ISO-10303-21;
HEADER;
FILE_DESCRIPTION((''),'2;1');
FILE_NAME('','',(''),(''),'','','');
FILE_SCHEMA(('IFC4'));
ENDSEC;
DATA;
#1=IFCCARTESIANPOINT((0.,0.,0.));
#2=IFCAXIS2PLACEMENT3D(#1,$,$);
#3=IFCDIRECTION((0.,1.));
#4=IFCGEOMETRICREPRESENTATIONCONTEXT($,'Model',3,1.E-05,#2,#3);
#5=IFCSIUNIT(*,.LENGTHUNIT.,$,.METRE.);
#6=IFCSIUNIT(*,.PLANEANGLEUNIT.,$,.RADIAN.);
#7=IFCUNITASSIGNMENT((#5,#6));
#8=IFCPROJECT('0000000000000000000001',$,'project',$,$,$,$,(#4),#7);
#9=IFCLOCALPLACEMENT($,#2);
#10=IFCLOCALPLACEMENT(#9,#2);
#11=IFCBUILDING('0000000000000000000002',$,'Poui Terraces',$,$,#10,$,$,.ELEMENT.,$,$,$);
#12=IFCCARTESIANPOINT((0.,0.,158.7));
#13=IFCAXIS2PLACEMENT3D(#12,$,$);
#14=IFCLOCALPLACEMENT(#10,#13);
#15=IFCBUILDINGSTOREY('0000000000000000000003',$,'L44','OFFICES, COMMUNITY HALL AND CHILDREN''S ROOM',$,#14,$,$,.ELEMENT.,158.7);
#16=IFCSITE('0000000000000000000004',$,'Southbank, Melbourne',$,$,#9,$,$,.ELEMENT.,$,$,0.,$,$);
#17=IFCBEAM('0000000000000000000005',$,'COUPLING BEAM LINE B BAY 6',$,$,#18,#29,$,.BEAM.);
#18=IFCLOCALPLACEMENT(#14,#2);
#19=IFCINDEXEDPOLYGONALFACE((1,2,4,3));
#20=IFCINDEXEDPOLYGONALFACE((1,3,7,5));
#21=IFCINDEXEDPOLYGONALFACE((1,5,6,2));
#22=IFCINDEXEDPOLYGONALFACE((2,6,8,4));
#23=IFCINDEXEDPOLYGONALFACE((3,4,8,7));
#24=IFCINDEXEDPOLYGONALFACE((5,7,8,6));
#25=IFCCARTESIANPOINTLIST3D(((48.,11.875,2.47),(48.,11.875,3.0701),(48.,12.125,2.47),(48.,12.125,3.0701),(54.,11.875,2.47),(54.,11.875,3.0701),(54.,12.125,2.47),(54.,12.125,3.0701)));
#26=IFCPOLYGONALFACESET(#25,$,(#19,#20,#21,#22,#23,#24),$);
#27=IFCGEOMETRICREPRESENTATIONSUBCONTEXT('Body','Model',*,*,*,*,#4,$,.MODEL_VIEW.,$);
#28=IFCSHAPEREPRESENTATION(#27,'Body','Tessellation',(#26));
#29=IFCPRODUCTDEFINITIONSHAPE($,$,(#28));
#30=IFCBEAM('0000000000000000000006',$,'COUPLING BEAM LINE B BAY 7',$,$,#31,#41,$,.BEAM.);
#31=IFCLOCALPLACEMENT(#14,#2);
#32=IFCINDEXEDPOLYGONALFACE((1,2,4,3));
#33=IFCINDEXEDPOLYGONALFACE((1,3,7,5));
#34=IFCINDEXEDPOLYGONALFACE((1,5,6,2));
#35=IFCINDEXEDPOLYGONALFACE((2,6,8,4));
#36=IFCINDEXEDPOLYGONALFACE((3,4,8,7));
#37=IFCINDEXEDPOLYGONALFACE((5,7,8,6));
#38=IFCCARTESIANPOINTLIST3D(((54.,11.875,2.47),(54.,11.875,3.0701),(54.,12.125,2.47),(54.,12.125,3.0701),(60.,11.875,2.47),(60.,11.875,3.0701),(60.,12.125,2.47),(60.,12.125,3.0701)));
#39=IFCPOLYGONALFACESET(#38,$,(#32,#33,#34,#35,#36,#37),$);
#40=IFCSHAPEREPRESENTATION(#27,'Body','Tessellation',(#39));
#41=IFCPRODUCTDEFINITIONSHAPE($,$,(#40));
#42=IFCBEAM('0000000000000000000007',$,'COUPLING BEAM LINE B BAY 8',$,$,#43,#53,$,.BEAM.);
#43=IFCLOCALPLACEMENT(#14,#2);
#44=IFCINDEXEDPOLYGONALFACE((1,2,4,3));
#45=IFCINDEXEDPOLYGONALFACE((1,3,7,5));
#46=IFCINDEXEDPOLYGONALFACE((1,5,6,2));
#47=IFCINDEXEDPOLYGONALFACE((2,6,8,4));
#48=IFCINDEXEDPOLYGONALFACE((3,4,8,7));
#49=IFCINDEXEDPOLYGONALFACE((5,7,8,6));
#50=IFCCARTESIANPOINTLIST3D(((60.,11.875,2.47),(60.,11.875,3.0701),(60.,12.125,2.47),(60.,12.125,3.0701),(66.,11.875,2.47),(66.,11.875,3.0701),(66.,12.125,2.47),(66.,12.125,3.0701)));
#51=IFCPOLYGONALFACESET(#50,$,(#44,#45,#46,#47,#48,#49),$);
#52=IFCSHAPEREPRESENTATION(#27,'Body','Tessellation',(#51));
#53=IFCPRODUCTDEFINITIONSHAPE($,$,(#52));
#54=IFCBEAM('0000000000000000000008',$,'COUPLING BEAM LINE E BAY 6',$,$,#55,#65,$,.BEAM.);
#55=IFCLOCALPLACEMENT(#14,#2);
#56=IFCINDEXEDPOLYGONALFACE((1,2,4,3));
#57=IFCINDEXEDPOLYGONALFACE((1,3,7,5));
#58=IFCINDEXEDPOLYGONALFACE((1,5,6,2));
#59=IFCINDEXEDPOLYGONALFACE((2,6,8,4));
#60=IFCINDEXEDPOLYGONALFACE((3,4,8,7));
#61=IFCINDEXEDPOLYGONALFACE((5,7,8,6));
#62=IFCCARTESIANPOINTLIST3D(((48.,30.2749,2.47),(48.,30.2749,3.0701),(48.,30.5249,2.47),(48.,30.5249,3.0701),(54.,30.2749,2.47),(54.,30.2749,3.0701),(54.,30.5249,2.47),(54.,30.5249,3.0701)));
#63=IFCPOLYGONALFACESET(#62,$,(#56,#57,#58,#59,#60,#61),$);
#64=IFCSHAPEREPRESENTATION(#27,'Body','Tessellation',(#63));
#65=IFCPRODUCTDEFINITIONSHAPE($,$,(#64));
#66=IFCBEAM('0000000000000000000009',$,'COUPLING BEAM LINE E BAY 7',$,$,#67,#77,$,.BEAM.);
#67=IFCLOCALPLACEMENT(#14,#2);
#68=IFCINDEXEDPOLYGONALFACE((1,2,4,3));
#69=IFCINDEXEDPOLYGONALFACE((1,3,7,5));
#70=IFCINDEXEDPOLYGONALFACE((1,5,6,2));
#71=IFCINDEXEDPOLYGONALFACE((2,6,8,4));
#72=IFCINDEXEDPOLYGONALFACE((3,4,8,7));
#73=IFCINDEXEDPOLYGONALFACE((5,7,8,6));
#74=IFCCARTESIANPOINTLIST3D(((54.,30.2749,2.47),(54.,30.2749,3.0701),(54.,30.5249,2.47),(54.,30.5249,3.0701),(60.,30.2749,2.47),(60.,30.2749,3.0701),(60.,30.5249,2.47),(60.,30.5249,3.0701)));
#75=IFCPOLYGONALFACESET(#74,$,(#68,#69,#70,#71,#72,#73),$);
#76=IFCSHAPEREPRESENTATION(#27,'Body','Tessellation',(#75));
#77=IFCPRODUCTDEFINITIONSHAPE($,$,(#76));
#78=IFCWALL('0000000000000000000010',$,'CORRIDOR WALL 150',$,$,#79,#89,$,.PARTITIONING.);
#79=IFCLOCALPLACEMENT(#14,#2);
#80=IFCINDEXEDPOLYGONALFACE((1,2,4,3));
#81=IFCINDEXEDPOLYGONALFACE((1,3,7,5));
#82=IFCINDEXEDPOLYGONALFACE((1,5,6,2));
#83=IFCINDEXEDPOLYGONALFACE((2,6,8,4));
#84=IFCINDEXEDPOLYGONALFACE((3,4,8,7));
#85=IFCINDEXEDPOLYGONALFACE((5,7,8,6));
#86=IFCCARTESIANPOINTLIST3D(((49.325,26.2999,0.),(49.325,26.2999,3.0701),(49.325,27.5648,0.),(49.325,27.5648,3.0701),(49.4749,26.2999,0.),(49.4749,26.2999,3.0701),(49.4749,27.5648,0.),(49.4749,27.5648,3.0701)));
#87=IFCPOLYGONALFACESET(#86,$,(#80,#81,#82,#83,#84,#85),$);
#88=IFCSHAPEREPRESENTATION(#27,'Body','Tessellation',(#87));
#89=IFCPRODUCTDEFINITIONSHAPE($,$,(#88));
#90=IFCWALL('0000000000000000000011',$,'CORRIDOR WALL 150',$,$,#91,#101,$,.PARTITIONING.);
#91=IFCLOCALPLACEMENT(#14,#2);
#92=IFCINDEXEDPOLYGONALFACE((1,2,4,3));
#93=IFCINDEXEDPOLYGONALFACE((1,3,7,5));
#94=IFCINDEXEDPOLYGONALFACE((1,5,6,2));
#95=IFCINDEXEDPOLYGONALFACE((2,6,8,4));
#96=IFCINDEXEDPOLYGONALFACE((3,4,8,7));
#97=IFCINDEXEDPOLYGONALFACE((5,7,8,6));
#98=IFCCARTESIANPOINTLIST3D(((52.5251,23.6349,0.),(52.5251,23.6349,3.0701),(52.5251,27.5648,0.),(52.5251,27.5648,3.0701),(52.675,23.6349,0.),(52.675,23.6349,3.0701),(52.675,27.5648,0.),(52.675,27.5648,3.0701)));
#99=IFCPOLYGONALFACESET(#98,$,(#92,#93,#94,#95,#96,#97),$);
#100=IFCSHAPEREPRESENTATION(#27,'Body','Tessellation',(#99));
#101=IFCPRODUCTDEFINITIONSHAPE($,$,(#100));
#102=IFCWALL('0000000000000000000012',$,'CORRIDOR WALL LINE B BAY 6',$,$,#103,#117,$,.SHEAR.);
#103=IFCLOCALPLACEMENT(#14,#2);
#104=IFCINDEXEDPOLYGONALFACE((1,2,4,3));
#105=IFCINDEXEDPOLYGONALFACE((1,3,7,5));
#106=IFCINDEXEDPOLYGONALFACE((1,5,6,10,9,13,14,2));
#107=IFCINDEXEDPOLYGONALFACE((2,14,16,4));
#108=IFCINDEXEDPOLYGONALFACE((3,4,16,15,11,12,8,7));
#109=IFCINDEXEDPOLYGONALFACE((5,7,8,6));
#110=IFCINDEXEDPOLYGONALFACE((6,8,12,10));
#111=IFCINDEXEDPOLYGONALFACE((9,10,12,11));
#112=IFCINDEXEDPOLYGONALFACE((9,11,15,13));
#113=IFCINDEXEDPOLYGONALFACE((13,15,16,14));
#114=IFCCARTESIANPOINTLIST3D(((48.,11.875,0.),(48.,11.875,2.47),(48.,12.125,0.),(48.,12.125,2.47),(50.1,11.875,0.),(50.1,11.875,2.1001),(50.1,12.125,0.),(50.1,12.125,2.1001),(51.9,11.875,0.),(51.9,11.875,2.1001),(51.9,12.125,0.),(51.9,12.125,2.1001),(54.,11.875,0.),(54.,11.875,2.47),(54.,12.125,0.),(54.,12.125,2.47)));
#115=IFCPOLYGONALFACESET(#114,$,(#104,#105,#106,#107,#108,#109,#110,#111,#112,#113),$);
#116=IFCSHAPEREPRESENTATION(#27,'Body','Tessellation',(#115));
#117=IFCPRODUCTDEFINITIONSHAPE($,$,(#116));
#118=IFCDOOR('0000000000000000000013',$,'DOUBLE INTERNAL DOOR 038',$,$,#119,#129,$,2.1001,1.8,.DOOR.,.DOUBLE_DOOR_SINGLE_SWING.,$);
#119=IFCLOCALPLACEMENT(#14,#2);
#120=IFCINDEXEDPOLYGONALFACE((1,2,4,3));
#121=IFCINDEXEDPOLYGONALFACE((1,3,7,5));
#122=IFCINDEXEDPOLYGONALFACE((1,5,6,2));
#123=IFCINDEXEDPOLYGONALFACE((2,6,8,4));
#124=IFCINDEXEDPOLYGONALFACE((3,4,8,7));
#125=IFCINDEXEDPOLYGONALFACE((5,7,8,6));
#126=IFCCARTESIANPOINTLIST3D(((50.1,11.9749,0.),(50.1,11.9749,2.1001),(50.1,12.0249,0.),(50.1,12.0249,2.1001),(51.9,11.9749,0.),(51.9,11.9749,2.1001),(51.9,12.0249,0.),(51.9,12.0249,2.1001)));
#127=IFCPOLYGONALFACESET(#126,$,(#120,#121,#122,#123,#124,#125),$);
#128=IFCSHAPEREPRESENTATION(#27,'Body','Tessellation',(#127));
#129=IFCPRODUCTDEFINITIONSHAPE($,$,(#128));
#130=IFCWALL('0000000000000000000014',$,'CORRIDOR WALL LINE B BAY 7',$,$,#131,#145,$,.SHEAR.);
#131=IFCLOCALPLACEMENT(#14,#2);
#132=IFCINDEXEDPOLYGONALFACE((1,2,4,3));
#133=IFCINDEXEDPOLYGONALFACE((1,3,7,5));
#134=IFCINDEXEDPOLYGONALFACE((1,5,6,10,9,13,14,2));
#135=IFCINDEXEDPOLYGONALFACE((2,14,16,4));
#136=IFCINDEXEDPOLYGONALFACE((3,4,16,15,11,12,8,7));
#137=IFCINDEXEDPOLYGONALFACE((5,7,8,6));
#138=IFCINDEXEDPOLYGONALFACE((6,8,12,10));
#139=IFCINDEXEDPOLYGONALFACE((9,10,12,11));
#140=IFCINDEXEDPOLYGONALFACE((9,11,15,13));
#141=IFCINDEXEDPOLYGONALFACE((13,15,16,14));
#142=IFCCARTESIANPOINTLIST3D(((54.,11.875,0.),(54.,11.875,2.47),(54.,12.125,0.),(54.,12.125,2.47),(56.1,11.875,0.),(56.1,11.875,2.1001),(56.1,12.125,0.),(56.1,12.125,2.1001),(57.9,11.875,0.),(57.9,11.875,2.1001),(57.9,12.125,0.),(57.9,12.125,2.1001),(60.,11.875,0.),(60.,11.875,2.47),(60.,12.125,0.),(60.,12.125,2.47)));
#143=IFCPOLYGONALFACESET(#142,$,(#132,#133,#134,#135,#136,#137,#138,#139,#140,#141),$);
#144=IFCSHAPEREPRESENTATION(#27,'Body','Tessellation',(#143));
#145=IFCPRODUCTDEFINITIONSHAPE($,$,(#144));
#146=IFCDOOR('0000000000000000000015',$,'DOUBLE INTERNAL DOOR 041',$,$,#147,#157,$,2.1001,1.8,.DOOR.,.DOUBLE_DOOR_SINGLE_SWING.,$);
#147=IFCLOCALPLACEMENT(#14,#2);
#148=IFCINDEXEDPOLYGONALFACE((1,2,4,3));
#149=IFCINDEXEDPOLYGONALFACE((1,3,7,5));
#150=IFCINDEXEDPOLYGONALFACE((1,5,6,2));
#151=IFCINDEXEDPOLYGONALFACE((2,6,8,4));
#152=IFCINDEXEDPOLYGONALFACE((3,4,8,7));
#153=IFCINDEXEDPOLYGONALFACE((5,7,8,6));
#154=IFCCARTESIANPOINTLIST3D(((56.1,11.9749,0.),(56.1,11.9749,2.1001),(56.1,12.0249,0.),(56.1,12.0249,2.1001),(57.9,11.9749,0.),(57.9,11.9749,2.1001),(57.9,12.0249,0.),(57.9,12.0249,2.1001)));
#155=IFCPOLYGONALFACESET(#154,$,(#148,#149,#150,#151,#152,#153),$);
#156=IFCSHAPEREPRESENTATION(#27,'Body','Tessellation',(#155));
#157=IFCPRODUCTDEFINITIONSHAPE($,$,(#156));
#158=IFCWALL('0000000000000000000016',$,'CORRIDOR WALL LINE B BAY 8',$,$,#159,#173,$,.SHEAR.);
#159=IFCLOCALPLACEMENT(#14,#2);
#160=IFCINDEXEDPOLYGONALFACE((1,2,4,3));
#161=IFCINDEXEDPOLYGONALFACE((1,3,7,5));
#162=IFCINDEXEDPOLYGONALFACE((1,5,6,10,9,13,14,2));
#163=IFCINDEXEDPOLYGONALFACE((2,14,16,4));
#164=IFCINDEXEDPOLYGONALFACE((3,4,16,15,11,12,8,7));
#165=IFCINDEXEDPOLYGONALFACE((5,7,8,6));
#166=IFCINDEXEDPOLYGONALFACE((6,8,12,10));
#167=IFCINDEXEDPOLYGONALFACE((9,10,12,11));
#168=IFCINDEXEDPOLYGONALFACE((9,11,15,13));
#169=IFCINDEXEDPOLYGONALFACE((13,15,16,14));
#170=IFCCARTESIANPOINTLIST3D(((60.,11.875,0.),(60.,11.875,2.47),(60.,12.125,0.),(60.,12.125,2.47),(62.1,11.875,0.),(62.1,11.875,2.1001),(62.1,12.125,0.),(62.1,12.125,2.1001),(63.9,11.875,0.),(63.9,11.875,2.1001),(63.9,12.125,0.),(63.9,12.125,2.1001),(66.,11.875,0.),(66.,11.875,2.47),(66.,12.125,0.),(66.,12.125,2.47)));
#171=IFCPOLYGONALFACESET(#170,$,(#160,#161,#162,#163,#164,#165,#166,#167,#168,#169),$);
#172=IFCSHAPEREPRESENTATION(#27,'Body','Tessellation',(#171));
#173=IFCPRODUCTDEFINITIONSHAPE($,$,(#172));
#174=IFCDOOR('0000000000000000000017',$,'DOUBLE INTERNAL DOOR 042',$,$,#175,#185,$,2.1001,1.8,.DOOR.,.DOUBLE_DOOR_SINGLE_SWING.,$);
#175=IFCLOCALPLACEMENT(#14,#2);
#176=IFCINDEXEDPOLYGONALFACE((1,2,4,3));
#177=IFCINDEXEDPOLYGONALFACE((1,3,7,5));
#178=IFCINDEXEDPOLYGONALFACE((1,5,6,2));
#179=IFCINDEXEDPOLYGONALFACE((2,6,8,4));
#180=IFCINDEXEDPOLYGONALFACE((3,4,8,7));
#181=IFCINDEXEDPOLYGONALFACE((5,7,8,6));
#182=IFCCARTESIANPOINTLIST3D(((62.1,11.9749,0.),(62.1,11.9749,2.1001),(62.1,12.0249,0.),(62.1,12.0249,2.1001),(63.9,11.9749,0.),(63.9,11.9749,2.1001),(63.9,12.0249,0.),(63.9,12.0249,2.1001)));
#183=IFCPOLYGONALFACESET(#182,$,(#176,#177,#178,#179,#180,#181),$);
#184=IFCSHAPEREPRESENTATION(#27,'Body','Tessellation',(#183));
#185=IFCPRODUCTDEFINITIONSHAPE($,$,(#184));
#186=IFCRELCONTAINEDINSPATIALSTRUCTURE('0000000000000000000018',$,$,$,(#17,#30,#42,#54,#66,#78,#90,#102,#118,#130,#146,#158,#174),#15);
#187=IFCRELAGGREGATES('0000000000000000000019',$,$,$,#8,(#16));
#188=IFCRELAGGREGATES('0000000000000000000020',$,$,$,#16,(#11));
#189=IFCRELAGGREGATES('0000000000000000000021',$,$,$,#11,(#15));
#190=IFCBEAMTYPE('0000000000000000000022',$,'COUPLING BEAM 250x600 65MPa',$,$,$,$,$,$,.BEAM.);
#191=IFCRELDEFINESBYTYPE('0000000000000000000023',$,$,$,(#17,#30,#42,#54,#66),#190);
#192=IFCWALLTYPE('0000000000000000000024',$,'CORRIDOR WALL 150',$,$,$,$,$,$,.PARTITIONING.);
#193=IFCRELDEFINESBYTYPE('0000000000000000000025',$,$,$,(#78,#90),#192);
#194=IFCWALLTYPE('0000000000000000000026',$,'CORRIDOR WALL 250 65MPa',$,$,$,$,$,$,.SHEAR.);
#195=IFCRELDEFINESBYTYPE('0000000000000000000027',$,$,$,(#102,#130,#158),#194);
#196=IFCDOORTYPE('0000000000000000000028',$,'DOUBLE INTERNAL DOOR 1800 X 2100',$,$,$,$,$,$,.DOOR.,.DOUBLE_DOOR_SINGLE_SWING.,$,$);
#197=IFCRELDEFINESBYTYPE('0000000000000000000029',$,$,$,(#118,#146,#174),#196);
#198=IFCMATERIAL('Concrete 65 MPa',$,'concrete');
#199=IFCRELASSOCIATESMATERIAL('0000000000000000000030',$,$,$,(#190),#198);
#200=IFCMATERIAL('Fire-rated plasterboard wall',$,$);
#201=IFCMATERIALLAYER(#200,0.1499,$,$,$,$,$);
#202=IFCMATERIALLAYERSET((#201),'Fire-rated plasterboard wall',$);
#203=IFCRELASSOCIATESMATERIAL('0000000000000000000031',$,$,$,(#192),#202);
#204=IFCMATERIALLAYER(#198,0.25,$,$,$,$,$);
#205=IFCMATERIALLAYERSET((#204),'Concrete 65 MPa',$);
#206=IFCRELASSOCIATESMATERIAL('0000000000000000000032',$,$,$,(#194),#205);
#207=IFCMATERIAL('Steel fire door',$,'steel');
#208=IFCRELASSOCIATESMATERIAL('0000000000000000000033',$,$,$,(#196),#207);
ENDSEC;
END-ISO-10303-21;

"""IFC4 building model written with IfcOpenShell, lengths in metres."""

from ifc_helpers import new_model, si_unit, direction, frame, frame_2d, origin, origin_2d, place, context, subcontext, project, spatial, rectangle, extrude, source, transform, mapped, material, layer, layer_set, material_profile, profile_set, type_object, element, fill, save


model = new_model("IFC4")

# Units and contexts
model_context = context("Model", 3, precision=1e-05, world=origin(), true_north=direction((0.0, 1.0)))
body_context = subcontext(model_context, "Body", "Model", "MODEL_VIEW")
ifc_project = project(units=[si_unit("LENGTHUNIT", "METRE"), si_unit("PLANEANGLEUNIT", "RADIAN")], contexts=[model_context])

# Site, building, storey
site_placement = place(None, origin())
site = spatial("IfcSite", under=ifc_project, at=site_placement, Name="Southbank, Melbourne", CompositionType="ELEMENT", RefElevation=0.0)
building_placement = place(site_placement, origin())
building = spatial("IfcBuilding", under=site, at=building_placement, Name="Poui Terraces", CompositionType="ELEMENT")
storey_placement = place(building_placement, frame((0.0, 0.0, 158.7)))
storey = spatial("IfcBuildingStorey", under=building, at=storey_placement, Name="L44", Description="OFFICES, COMMUNITY HALL AND CHILDREN'S ROOM", CompositionType="ELEMENT", Elevation=158.7)

# Beams
ifc_material_1 = material(Name="Concrete 65 MPa", Category="concrete")
ifc_material_profile = material_profile(ifc_material_1, rectangle(XDim=0.25, YDim=0.6001, at=origin_2d()), Name="RC 250x600")
ifc_profile_set = profile_set([ifc_material_profile], Name="Concrete 65 MPa")
beam_type = type_object("IfcBeamType", Name="COUPLING BEAM 250x600 65MPa", PredefinedType="BEAM", material=ifc_profile_set)
shared_shape = source(origin(), body_context, "Body", "SweptSolid", [
    extrude(rectangle(XDim=0.25, YDim=0.6001, at=origin_2d()), origin(), (0.0, 0.0, 1.0), 6.0),
])
for number, where, z_axis, x_axis, name in (
    (1, (48.0, 12.0, 2.77), (1.0, 0.0, 0.0), (0.0, 1.0, 0.0), "COUPLING BEAM LINE B BAY 6"),
    (2, (54.0, 12.0, 2.77), (1.0, 0.0, 0.0), (0.0, 1.0, 0.0), "COUPLING BEAM LINE B BAY 7"),
    (3, (60.0, 12.0, 2.77), (1.0, 0.0, 0.0), (0.0, 1.0, 0.0), "COUPLING BEAM LINE B BAY 8"),
    (4, (48.0, 30.3999, 2.77), (1.0, 0.0, 0.0), (0.0, 1.0, 0.0), "COUPLING BEAM LINE E BAY 6"),
    (5, (54.0, 30.3999, 2.77), (1.0, 0.0, 0.0), (0.0, 1.0, 0.0), "COUPLING BEAM LINE E BAY 7"),
):
    element("IfcBeam", number, at=place(storey_placement, frame(where, z_axis=z_axis, x_axis=x_axis)), inside=storey, type_object=beam_type, Name=name, PredefinedType="BEAM", context=body_context, shape_type="MappedRepresentation", body=[
        mapped(shared_shape, transform((0.0, 0.0, 0.0))),
    ])

# Walls
ifc_material_2 = material(Name="Fire-rated plasterboard wall")
ifc_layer_1 = layer(ifc_material_2, 0.1499)
ifc_layer_set_1 = layer_set([ifc_layer_1], Name="Fire-rated plasterboard wall")
wall_type_1 = type_object("IfcWallType", Name="CORRIDOR WALL 150", PredefinedType="PARTITIONING", material=ifc_layer_set_1)
wall_1_placement = place(storey_placement, frame((49.3999, 26.3, 0.0), z_axis=(0.0, 0.0, 1.0), x_axis=(0.0, 1.0, 0.0)))
element("IfcWall", 6, at=wall_1_placement, inside=storey, type_object=wall_type_1, Name="CORRIDOR WALL 150", PredefinedType="PARTITIONING", context=body_context, shape_type="SweptSolid", body=[
    extrude(rectangle(XDim=1.2649, YDim=0.1499, at=frame_2d((0.6323, 0.0))), origin(), (0.0, 0.0, 1.0), 3.0701),
])
for number, where, z_axis, x_axis, name in (
    (7, (52.6001, 23.635, 0.0), (0.0, 0.0, 1.0), (0.0, 1.0, 0.0), "CORRIDOR WALL 150"),
):
    element("IfcWall", number, at=place(storey_placement, frame(where, z_axis=z_axis, x_axis=x_axis)), inside=storey, type_object=wall_type_1, Name=name, PredefinedType="PARTITIONING", context=body_context, shape_type="SweptSolid", body=[
        extrude(rectangle(XDim=3.9299, YDim=0.1499, at=frame_2d((1.9648, 0.0))), origin(), (0.0, 0.0, 1.0), 3.0701),
    ])

# Walls, openings, doors
ifc_layer_2 = layer(ifc_material_1, 0.25)
ifc_layer_set_2 = layer_set([ifc_layer_2], Name="Concrete 65 MPa")
wall_type_2 = type_object("IfcWallType", Name="CORRIDOR WALL 250 65MPa", PredefinedType="SHEAR", material=ifc_layer_set_2)
wall_2_placement = place(storey_placement, frame((48.0, 12.0, 0.0), z_axis=(0.0, 0.0, 1.0), x_axis=(1.0, 0.0, 0.0)))
wall_2 = element("IfcWall", 8, at=wall_2_placement, inside=storey, type_object=wall_type_2, Name="CORRIDOR WALL LINE B BAY 6", PredefinedType="SHEAR", context=body_context, shape_type="SweptSolid", body=[
    extrude(rectangle(XDim=6.0, YDim=0.25, at=frame_2d((3.0, 0.0))), origin(), (0.0, 0.0, 1.0), 2.47),
])
opening_1_placement = place(wall_2_placement, frame((2.1001, 0.0, 0.0)))
opening_1 = element("IfcOpeningElement", 9, at=opening_1_placement, cuts=wall_2, PredefinedType="OPENING", context=body_context, shape_type="SweptSolid", body=[
    extrude(rectangle(XDim=1.8, YDim=2.1001, at=frame_2d((0.8999, 1.05))), frame((0.0, 0.135, 0.0), z_axis=(0.0, -1.0, 0.0), x_axis=(1.0, 0.0, 0.0)), (0.0, 0.0, 1.0), 0.27),
])
ifc_material_3 = material(Name="Steel fire door", Category="steel")
door_type_1 = type_object("IfcDoorType", Name="DOUBLE INTERNAL DOOR 1800 X 2100", OperationType="DOUBLE_DOOR_SINGLE_SWING", PredefinedType="DOOR", material=ifc_material_3)
door_1_placement = place(opening_1_placement, origin())
door_1 = element("IfcDoor", 10, at=door_1_placement, inside=storey, type_object=door_type_1, Name="DOUBLE INTERNAL DOOR 038", OperationType="DOUBLE_DOOR_SINGLE_SWING", OverallHeight=2.1001, OverallWidth=1.8, PredefinedType="DOOR", context=body_context, shape_type="SweptSolid", body=[
    extrude(rectangle(XDim=1.8, YDim=2.1001, at=frame_2d((0.8999, 1.05))), frame((0.0, 0.0249, 0.0), z_axis=(0.0, -1.0, 0.0), x_axis=(1.0, 0.0, 0.0)), (0.0, 0.0, 1.0), 0.05),
])
fill(opening_1, door_1)
wall_3_placement = place(storey_placement, frame((54.0, 12.0, 0.0), z_axis=(0.0, 0.0, 1.0), x_axis=(1.0, 0.0, 0.0)))
wall_3 = element("IfcWall", 11, at=wall_3_placement, inside=storey, type_object=wall_type_2, Name="CORRIDOR WALL LINE B BAY 7", PredefinedType="SHEAR", context=body_context, shape_type="SweptSolid", body=[
    extrude(rectangle(XDim=6.0, YDim=0.25, at=frame_2d((3.0, 0.0))), origin(), (0.0, 0.0, 1.0), 2.47),
])
opening_2_placement = place(wall_3_placement, frame((2.1001, 0.0, 0.0)))
opening_2 = element("IfcOpeningElement", 12, at=opening_2_placement, cuts=wall_3, PredefinedType="OPENING", context=body_context, shape_type="SweptSolid", body=[
    extrude(rectangle(XDim=1.8, YDim=2.1001, at=frame_2d((0.8999, 1.05))), frame((0.0, 0.135, 0.0), z_axis=(0.0, -1.0, 0.0), x_axis=(1.0, 0.0, 0.0)), (0.0, 0.0, 1.0), 0.27),
])
door_2_placement = place(opening_2_placement, origin())
door_2 = element("IfcDoor", 13, at=door_2_placement, inside=storey, type_object=door_type_1, Name="DOUBLE INTERNAL DOOR 041", OperationType="DOUBLE_DOOR_SINGLE_SWING", OverallHeight=2.1001, OverallWidth=1.8, PredefinedType="DOOR", context=body_context, shape_type="SweptSolid", body=[
    extrude(rectangle(XDim=1.8, YDim=2.1001, at=frame_2d((0.8999, 1.05))), frame((0.0, 0.0249, 0.0), z_axis=(0.0, -1.0, 0.0), x_axis=(1.0, 0.0, 0.0)), (0.0, 0.0, 1.0), 0.05),
])
fill(opening_2, door_2)
wall_4_placement = place(storey_placement, frame((60.0, 12.0, 0.0), z_axis=(0.0, 0.0, 1.0), x_axis=(1.0, 0.0, 0.0)))
wall_4 = element("IfcWall", 14, at=wall_4_placement, inside=storey, type_object=wall_type_2, Name="CORRIDOR WALL LINE B BAY 8", PredefinedType="SHEAR", context=body_context, shape_type="SweptSolid", body=[
    extrude(rectangle(XDim=6.0, YDim=0.25, at=frame_2d((3.0, 0.0))), origin(), (0.0, 0.0, 1.0), 2.47),
])
opening_3_placement = place(wall_4_placement, frame((2.1001, 0.0, 0.0)))
opening_3 = element("IfcOpeningElement", 15, at=opening_3_placement, cuts=wall_4, PredefinedType="OPENING", context=body_context, shape_type="SweptSolid", body=[
    extrude(rectangle(XDim=1.8, YDim=2.1001, at=frame_2d((0.8999, 1.05))), frame((0.0, 0.135, 0.0), z_axis=(0.0, -1.0, 0.0), x_axis=(1.0, 0.0, 0.0)), (0.0, 0.0, 1.0), 0.27),
])
door_3_placement = place(opening_3_placement, origin())
door_3 = element("IfcDoor", 16, at=door_3_placement, inside=storey, type_object=door_type_1, Name="DOUBLE INTERNAL DOOR 042", OperationType="DOUBLE_DOOR_SINGLE_SWING", OverallHeight=2.1001, OverallWidth=1.8, PredefinedType="DOOR", context=body_context, shape_type="SweptSolid", body=[
    extrude(rectangle(XDim=1.8, YDim=2.1001, at=frame_2d((0.8999, 1.05))), frame((0.0, 0.0249, 0.0), z_axis=(0.0, -1.0, 0.0), x_axis=(1.0, 0.0, 0.0)), (0.0, 0.0, 1.0), 0.05),
])
fill(opening_3, door_3)

save(model, "model.ifc")
